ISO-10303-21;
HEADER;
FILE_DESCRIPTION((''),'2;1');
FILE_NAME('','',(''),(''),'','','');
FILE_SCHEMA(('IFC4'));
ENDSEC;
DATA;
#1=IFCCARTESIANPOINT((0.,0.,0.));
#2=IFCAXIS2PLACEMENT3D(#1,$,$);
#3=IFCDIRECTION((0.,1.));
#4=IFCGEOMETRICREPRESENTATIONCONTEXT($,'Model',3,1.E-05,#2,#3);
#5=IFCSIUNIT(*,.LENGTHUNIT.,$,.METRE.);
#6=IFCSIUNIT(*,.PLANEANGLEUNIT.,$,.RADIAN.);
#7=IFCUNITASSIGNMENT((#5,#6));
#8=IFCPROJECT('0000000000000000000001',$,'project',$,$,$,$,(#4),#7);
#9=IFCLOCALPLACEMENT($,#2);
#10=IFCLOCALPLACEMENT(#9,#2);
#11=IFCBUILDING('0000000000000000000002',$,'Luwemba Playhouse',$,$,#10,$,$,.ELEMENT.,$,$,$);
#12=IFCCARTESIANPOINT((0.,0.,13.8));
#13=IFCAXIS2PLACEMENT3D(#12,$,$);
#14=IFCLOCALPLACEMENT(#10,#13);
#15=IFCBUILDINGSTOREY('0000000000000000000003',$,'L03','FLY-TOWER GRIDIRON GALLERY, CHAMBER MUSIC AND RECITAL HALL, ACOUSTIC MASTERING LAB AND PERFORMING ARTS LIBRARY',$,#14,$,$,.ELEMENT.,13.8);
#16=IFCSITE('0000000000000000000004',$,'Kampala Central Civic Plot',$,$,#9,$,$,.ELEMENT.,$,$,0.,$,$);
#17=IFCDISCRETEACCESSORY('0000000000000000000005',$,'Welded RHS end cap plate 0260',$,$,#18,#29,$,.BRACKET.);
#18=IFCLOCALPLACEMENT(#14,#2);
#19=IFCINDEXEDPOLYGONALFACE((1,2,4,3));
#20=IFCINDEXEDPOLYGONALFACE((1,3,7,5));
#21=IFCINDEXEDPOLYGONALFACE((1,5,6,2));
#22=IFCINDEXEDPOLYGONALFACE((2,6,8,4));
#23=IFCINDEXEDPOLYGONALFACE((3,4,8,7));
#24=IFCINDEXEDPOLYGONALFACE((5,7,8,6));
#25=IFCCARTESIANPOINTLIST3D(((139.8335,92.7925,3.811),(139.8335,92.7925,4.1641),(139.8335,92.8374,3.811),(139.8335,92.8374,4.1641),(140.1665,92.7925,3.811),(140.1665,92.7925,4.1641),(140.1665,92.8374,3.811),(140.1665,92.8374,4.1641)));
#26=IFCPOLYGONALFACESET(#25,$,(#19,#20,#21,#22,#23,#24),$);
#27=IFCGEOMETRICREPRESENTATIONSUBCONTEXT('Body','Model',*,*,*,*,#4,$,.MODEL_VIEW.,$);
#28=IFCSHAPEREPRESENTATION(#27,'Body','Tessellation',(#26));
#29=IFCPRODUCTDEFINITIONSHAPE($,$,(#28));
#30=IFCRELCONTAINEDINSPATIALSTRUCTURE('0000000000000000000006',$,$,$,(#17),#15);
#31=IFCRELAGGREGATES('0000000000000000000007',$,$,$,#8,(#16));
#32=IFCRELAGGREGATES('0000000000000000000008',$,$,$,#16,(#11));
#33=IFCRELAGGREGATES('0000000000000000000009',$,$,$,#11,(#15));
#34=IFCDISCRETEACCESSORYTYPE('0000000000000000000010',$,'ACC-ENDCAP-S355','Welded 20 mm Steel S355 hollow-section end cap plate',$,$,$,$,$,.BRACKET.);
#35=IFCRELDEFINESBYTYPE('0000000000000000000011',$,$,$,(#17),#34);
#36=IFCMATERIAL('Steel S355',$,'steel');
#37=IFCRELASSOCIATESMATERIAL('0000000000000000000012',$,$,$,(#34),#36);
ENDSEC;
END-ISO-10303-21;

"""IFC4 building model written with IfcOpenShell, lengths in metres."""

from ifc_helpers import new_model, si_unit, direction, frame, origin, origin_2d, place, context, subcontext, project, spatial, rectangle, extrude, material, type_object, element, save


model = new_model("IFC4")

# Units and contexts
model_context = context("Model", 3, precision=1e-05, world=origin(), true_north=direction((0.0, 1.0)))
body_context = subcontext(model_context, "Body", "Model", "MODEL_VIEW")
ifc_project = project(units=[si_unit("LENGTHUNIT", "METRE"), si_unit("PLANEANGLEUNIT", "RADIAN")], contexts=[model_context])

# Site, building, storey
site_placement = place(None, origin())
site = spatial("IfcSite", under=ifc_project, at=site_placement, Name="Kampala Central Civic Plot", CompositionType="ELEMENT", RefElevation=0.0)
building_placement = place(site_placement, origin())
building = spatial("IfcBuilding", under=site, at=building_placement, Name="Luwemba Playhouse", CompositionType="ELEMENT")
storey_placement = place(building_placement, frame((0.0, 0.0, 13.8)))
storey = spatial("IfcBuildingStorey", under=building, at=storey_placement, Name="L03", Description="FLY-TOWER GRIDIRON GALLERY, CHAMBER MUSIC AND RECITAL HALL, ACOUSTIC MASTERING LAB AND PERFORMING ARTS LIBRARY", CompositionType="ELEMENT", Elevation=13.8)

# Shared definitions
ifc_material_1 = material(Name="Steel S355", Category="steel")

# Discrete accessory
discrete_accessory_type = type_object("IfcDiscreteAccessoryType", Name="ACC-ENDCAP-S355", Description="Welded 20 mm Steel S355 hollow-section end cap plate", PredefinedType="BRACKET", material=ifc_material_1)
discrete_accessory_placement = place(storey_placement, frame((140.0, 92.8149, 3.811), z_axis=(0.0, 0.0, 1.0), x_axis=(1.0, 0.0, 0.0)))
element("IfcDiscreteAccessory", 1, at=discrete_accessory_placement, inside=storey, type_object=discrete_accessory_type, Name="Welded RHS end cap plate 0260", PredefinedType="BRACKET", context=body_context, shape_type="SweptSolid", body=[
    extrude(rectangle(XDim=0.333, YDim=0.0449, at=origin_2d()), origin(), (0.0, 0.0, 1.0), 0.353),
])

save(model, "model.ifc")
